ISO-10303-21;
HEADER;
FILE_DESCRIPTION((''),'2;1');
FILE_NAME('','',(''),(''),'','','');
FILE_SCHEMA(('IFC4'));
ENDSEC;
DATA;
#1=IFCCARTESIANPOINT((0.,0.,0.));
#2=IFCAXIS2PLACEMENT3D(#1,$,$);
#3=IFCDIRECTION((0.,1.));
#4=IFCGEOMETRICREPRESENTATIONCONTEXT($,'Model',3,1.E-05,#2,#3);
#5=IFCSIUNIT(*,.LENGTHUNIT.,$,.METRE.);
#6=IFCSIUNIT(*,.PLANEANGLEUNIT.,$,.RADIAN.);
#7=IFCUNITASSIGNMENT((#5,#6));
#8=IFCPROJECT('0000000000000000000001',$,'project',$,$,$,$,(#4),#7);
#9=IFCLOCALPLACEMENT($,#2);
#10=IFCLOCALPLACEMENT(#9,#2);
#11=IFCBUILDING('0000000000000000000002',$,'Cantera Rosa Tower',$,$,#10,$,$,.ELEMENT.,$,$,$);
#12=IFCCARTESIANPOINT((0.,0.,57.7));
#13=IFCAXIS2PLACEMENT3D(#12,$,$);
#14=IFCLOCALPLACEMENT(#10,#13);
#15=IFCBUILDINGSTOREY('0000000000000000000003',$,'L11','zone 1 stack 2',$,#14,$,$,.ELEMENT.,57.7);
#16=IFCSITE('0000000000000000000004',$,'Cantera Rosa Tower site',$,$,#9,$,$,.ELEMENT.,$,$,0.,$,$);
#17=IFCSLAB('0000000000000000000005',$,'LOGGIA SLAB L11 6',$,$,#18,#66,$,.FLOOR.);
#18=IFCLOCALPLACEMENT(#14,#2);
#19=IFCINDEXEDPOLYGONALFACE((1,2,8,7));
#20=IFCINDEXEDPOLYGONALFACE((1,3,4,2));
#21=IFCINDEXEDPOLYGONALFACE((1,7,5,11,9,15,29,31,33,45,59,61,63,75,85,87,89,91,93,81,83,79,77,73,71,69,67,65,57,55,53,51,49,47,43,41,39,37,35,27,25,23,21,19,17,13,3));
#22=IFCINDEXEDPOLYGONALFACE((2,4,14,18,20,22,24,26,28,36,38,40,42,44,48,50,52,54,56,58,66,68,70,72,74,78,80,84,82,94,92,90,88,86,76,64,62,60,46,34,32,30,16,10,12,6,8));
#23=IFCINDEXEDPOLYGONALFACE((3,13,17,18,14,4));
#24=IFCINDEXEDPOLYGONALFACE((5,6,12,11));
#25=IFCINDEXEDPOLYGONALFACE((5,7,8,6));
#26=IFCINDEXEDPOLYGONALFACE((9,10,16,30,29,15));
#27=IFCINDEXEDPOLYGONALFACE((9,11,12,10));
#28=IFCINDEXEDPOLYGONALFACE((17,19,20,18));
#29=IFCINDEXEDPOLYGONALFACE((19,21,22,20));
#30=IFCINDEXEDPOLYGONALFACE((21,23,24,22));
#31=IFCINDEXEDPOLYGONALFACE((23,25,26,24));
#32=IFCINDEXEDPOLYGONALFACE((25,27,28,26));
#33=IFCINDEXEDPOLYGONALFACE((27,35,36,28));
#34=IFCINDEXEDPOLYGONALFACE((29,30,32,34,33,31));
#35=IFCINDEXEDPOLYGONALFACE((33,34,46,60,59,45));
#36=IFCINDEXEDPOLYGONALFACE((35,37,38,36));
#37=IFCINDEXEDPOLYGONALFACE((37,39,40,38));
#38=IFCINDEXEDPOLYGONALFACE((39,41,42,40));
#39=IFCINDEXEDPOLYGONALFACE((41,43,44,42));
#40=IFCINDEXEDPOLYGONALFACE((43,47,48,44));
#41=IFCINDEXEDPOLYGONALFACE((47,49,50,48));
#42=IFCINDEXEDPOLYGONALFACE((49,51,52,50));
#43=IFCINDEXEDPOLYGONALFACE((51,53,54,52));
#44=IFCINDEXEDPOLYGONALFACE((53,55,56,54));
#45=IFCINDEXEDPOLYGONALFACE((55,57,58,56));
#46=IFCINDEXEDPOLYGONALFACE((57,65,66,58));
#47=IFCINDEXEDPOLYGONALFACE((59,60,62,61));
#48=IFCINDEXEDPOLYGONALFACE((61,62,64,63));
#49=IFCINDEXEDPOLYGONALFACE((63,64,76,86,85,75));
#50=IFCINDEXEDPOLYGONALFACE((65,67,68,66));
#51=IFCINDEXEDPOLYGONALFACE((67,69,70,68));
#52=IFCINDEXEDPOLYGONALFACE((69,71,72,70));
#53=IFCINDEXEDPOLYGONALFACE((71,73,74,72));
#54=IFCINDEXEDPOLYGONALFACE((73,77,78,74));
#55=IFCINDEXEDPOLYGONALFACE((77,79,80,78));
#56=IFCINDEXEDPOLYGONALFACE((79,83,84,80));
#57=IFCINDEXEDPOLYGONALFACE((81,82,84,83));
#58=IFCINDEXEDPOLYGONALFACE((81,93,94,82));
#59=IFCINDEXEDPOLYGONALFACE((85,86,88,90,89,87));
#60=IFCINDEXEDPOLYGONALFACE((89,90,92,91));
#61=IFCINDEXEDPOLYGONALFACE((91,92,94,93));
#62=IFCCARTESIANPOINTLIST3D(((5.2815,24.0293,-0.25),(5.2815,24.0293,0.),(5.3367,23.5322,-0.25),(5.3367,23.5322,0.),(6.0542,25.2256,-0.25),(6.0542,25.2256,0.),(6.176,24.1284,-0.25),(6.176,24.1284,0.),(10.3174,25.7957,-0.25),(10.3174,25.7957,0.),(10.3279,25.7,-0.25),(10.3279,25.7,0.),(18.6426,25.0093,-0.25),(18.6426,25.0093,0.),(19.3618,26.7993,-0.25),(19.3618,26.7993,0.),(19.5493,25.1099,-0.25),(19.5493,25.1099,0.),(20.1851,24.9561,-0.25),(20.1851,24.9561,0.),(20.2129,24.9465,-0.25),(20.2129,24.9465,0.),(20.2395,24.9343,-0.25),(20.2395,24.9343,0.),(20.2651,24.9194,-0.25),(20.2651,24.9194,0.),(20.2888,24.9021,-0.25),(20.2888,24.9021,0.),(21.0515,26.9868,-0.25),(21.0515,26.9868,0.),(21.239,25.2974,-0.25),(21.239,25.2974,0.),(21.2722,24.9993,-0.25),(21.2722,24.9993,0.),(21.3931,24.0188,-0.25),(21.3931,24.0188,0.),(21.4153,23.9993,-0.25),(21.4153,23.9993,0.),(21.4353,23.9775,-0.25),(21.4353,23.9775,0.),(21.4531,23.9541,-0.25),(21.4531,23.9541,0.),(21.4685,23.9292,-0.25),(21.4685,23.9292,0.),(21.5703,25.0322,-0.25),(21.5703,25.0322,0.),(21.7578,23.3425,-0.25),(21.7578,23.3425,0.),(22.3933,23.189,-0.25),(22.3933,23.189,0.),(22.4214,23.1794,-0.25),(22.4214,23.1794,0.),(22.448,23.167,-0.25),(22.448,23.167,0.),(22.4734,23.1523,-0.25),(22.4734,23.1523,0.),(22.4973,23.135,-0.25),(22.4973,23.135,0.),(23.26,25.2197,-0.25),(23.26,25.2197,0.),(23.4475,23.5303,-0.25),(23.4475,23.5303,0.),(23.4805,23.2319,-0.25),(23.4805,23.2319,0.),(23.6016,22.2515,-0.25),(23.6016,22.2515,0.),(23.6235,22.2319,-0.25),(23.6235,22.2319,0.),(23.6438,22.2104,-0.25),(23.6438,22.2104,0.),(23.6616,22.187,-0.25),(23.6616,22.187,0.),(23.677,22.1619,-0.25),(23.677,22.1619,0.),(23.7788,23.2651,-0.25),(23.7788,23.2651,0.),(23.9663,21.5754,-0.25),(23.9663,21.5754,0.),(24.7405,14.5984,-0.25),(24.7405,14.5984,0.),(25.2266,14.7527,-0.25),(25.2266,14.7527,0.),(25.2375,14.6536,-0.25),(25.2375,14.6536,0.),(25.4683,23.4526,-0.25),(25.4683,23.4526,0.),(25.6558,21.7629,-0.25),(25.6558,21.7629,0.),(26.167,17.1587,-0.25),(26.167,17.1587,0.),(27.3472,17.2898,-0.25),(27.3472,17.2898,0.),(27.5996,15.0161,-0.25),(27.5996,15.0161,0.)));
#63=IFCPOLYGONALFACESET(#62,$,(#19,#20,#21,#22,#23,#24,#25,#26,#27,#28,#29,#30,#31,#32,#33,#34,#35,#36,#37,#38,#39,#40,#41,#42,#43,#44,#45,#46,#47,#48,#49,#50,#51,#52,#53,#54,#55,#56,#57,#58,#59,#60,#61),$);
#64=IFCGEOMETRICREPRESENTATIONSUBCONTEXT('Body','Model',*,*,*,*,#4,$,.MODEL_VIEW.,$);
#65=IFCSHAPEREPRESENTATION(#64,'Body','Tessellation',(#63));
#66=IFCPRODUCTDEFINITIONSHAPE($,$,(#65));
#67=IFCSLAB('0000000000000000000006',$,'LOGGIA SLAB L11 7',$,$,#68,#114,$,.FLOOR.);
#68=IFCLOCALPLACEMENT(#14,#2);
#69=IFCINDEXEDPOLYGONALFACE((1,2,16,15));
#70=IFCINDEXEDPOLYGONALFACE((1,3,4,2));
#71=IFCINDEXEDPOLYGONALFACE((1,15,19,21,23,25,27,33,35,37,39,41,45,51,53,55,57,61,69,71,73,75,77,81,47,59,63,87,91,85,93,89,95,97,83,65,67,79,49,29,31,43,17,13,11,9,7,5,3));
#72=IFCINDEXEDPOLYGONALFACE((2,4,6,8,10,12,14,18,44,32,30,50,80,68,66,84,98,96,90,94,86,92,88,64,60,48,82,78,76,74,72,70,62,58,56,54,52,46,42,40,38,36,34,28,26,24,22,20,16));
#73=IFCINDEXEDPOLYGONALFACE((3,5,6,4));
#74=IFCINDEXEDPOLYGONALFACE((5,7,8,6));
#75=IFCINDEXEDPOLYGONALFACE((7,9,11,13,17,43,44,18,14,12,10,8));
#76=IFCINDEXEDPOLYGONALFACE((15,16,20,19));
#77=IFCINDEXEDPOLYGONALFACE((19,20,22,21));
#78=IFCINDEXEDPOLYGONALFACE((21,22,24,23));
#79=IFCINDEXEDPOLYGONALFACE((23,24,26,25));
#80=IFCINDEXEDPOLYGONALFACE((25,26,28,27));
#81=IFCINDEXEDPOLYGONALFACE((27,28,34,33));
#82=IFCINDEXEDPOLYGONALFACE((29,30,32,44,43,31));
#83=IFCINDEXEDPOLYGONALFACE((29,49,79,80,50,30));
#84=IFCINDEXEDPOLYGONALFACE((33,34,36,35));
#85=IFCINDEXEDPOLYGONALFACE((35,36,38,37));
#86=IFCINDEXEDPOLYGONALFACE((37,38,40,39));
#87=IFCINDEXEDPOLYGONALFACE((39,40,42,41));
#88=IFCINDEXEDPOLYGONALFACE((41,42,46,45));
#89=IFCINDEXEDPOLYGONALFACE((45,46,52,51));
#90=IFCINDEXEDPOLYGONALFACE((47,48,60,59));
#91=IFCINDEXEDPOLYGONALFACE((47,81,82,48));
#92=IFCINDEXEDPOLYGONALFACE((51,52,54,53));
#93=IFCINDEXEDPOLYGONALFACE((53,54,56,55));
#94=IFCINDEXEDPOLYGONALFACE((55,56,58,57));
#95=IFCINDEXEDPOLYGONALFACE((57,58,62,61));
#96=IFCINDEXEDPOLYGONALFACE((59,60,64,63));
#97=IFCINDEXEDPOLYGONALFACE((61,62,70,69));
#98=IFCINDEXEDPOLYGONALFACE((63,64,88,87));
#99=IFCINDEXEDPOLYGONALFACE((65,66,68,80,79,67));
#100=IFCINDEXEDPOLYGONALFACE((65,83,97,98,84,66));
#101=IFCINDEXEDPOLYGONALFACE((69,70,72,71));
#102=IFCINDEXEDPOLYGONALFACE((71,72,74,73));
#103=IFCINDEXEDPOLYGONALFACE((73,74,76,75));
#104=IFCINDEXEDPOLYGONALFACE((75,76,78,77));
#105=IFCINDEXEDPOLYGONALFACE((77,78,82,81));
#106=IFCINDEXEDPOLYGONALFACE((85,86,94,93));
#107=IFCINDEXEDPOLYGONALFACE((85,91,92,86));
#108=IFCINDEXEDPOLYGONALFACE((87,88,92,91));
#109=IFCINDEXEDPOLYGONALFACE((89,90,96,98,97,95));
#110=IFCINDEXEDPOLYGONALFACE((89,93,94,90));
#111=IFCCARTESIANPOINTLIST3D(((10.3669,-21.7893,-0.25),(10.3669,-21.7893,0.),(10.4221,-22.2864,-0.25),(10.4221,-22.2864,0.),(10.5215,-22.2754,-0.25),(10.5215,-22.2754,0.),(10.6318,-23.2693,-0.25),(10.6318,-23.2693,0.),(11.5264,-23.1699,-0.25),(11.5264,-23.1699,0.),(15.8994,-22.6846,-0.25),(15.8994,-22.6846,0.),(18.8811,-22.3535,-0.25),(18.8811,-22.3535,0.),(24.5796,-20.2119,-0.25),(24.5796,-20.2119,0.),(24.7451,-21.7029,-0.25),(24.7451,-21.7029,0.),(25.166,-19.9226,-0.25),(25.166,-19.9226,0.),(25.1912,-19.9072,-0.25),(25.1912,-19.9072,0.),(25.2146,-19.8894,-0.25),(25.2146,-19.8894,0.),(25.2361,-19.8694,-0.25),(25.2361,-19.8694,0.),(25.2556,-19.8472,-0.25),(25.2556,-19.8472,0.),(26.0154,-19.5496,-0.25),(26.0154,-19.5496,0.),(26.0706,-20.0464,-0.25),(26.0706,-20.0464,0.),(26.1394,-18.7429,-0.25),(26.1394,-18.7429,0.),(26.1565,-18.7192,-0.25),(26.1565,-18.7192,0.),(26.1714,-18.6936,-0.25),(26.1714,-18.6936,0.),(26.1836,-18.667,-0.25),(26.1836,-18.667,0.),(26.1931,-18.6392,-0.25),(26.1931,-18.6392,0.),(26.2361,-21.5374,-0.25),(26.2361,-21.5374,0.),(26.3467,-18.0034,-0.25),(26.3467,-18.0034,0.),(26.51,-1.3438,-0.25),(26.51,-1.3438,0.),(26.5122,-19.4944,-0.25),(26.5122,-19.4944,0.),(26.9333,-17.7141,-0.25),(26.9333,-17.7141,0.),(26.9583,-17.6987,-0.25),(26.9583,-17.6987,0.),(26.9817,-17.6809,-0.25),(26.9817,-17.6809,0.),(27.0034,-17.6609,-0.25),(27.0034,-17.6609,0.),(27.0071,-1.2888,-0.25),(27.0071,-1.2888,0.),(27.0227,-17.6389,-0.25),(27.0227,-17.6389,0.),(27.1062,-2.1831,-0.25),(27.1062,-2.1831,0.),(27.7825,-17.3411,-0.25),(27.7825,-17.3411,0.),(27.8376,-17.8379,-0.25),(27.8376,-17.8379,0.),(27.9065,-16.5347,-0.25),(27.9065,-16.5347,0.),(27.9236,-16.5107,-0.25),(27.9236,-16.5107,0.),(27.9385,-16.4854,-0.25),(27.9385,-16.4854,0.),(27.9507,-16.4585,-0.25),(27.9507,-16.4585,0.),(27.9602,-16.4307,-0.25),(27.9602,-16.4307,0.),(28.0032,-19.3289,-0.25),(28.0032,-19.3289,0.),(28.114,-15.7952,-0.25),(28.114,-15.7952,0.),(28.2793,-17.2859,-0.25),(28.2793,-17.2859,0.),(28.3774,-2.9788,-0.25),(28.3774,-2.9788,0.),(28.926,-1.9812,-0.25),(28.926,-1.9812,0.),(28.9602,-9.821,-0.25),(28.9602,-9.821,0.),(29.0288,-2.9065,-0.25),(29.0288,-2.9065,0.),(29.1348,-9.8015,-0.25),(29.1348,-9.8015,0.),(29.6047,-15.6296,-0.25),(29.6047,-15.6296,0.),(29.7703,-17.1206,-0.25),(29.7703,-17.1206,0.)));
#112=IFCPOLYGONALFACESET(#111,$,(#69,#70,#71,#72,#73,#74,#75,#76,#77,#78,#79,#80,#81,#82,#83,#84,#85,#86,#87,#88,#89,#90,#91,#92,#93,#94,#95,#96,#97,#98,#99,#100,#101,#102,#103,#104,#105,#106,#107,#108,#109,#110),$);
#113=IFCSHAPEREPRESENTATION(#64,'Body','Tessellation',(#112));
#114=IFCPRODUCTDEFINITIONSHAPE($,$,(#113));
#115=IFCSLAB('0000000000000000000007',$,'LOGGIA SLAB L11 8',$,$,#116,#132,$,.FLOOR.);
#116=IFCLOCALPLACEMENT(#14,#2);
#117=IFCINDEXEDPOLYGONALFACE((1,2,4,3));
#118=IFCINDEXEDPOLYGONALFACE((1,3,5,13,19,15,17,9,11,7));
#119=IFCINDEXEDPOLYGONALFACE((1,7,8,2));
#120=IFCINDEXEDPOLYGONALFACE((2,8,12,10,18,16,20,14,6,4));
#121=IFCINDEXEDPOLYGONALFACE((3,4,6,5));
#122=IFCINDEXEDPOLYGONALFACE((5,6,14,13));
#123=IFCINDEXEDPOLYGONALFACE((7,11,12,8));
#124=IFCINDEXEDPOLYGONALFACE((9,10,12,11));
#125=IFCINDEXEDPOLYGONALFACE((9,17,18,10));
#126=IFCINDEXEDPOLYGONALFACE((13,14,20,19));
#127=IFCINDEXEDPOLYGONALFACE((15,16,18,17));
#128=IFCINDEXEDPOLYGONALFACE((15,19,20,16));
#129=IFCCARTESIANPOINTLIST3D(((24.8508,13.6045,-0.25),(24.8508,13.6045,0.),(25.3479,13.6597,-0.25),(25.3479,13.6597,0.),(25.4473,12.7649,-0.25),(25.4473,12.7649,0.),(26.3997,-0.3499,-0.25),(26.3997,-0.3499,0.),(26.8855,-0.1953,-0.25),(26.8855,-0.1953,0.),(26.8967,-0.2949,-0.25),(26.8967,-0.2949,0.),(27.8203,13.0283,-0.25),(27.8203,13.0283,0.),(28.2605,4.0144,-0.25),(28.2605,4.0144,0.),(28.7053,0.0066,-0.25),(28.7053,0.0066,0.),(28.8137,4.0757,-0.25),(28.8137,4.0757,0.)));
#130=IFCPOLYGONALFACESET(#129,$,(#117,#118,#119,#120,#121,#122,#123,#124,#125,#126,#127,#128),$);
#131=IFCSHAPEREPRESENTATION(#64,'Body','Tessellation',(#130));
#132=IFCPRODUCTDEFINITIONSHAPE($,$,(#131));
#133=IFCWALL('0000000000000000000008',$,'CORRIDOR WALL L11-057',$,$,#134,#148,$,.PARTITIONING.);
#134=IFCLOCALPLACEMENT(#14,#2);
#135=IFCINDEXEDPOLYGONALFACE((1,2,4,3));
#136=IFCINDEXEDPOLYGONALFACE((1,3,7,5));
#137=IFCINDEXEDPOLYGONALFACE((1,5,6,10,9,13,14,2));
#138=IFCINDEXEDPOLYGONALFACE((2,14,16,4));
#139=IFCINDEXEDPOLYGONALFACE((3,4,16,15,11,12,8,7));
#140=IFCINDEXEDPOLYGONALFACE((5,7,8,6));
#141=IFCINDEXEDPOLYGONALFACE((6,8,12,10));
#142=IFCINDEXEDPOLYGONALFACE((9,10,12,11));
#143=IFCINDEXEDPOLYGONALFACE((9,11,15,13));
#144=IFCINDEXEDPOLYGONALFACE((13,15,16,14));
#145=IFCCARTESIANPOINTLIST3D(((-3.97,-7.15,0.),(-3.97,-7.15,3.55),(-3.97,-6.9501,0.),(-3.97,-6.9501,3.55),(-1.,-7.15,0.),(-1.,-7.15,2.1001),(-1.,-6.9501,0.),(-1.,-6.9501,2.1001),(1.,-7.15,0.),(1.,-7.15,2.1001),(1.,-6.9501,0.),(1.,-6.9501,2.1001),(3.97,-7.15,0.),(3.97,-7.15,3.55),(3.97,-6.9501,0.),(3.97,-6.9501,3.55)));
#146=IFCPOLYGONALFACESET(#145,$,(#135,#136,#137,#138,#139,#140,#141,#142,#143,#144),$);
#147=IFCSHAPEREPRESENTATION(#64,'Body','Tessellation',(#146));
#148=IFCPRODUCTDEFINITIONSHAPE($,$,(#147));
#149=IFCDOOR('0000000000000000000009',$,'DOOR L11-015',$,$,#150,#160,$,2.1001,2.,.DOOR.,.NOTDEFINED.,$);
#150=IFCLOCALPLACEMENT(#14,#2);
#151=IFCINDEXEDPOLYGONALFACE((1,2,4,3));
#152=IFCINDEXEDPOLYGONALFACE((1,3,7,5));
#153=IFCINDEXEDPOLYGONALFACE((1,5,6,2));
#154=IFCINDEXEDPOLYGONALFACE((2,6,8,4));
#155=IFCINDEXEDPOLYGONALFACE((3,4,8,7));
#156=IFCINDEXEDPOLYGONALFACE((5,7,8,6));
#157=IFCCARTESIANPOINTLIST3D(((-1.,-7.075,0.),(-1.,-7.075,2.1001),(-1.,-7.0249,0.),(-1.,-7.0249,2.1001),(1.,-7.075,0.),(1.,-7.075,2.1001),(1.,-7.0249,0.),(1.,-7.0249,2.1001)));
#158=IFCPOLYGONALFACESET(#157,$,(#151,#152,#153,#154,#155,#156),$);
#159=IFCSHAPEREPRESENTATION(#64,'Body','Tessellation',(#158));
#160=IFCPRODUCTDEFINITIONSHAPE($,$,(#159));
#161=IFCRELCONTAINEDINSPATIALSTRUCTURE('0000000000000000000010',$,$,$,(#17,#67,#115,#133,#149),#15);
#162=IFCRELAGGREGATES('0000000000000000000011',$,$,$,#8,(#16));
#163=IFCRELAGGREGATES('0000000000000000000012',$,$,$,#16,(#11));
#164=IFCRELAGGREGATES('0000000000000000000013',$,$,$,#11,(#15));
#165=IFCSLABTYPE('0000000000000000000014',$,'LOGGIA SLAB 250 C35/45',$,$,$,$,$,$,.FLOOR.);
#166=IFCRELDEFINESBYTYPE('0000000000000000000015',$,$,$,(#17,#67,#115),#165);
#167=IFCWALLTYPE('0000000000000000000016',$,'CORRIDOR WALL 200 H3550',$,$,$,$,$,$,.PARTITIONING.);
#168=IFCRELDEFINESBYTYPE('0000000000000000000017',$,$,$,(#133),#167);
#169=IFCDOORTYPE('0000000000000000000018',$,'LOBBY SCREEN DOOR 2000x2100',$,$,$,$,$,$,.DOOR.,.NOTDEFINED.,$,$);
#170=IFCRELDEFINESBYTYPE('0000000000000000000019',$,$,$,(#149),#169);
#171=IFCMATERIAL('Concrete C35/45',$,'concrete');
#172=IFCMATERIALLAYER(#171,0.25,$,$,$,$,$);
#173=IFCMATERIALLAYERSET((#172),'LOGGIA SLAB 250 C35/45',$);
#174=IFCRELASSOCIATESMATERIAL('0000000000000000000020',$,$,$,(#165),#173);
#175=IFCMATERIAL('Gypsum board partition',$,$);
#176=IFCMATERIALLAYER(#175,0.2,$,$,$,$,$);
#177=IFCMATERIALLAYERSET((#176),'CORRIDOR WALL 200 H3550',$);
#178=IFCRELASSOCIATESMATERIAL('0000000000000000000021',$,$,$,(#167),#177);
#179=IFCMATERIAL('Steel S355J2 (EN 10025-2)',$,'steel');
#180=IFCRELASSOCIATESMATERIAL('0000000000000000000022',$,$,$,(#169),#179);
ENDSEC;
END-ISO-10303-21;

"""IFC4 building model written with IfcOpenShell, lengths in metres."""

from ifc_helpers import new_model, si_unit, direction, frame, frame_2d, origin, place, context, subcontext, project, spatial, polyline, rectangle, outline, extrude, material, layer, layer_set, type_object, element, fill, save


model = new_model("IFC4")

# Units and contexts
model_context = context("Model", 3, precision=1e-05, world=origin(), true_north=direction((0.0, 1.0)))
body_context = subcontext(model_context, "Body", "Model", "MODEL_VIEW")
ifc_project = project(units=[si_unit("LENGTHUNIT", "METRE"), si_unit("PLANEANGLEUNIT", "RADIAN")], contexts=[model_context])

# Site, building, storey
site_placement = place(None, origin())
site = spatial("IfcSite", under=ifc_project, at=site_placement, Name="Cantera Rosa Tower site", CompositionType="ELEMENT", RefElevation=0.0)
building_placement = place(site_placement, origin())
building = spatial("IfcBuilding", under=site, at=building_placement, Name="Cantera Rosa Tower", CompositionType="ELEMENT")
storey_placement = place(building_placement, frame((0.0, 0.0, 57.7)))
storey = spatial("IfcBuildingStorey", under=building, at=storey_placement, Name="L11", Description="zone 1 stack 2", CompositionType="ELEMENT", Elevation=57.7)

# Slabs
ifc_material_1 = material(Name="Concrete C35/45", Category="concrete")
ifc_layer_1 = layer(ifc_material_1, 0.25)
ifc_layer_set_1 = layer_set([ifc_layer_1], Name="LOGGIA SLAB 250 C35/45")
slab_type_1 = type_object("IfcSlabType", Name="LOGGIA SLAB 250 C35/45", PredefinedType="FLOOR", material=ifc_layer_set_1)
slab_1_placement = place(storey_placement, frame((0.0, 0.0, -0.25)))
element("IfcSlab", 1, at=slab_1_placement, inside=storey, type_object=slab_type_1, Name="LOGGIA SLAB L11 6", PredefinedType="FLOOR", context=body_context, shape_type="SweptSolid", body=[
    extrude(outline(polyline([(19.3618, 26.7993), (21.0515, 26.9868), (21.239, 25.2974), (21.2722, 24.9993), (21.5703, 25.0322), (23.26, 25.2197), (23.4475, 23.5303), (23.4805, 23.2319), (23.7788, 23.2651), (25.4683, 23.4526), (25.6558, 21.7629), (26.167, 17.1587), (27.3472, 17.2898), (27.5996, 15.0161), (25.2266, 14.7527), (25.2375, 14.6536), (24.7405, 14.5984), (23.9663, 21.5754), (23.677, 22.1619), (23.6616, 22.187), (23.6438, 22.2104), (23.6235, 22.2319), (23.6016, 22.2515), (22.4973, 23.135), (22.4734, 23.1523), (22.448, 23.167), (22.4214, 23.1794), (22.3933, 23.189), (21.7578, 23.3425), (21.4685, 23.9292), (21.4531, 23.9541), (21.4353, 23.9775), (21.4153, 23.9993), (21.3931, 24.0188), (20.2888, 24.9021), (20.2651, 24.9194), (20.2395, 24.9343), (20.2129, 24.9465), (20.1851, 24.9561), (19.5493, 25.1099), (18.6426, 25.0093), (5.3367, 23.5322), (5.2815, 24.0293), (6.176, 24.1284), (6.0542, 25.2256), (10.3279, 25.7), (10.3174, 25.7957), (19.3618, 26.7993)])), origin(), (0.0, 0.0, 1.0), 0.25),
])
slab_2_placement = place(storey_placement, frame((0.0, 0.0, -0.25)))
element("IfcSlab", 2, at=slab_2_placement, inside=storey, type_object=slab_type_1, Name="LOGGIA SLAB L11 7", PredefinedType="FLOOR", context=body_context, shape_type="SweptSolid", body=[
    extrude(outline(polyline([(29.1348, -9.8015), (28.9602, -9.821), (29.6047, -15.6296), (29.7703, -17.1206), (28.2793, -17.2859), (27.7825, -17.3411), (27.8376, -17.8379), (28.0032, -19.3289), (26.5122, -19.4944), (26.0154, -19.5496), (26.0706, -20.0464), (26.2361, -21.5374), (24.7451, -21.7029), (18.8811, -22.3535), (15.8994, -22.6846), (11.5264, -23.1699), (10.6318, -23.2693), (10.5215, -22.2754), (10.4221, -22.2864), (10.3669, -21.7893), (24.5796, -20.2119), (25.166, -19.9226), (25.1912, -19.9072), (25.2146, -19.8894), (25.2361, -19.8694), (25.2556, -19.8472), (26.1394, -18.7429), (26.1565, -18.7192), (26.1714, -18.6936), (26.1836, -18.667), (26.1931, -18.6392), (26.3467, -18.0034), (26.9333, -17.7141), (26.9583, -17.6987), (26.9817, -17.6809), (27.0034, -17.6609), (27.0227, -17.6389), (27.9065, -16.5347), (27.9236, -16.5107), (27.9385, -16.4854), (27.9507, -16.4585), (27.9602, -16.4307), (28.114, -15.7952), (26.51, -1.3438), (27.0071, -1.2888), (27.1062, -2.1831), (28.926, -1.9812), (29.0288, -2.9065), (28.3774, -2.9788), (29.1348, -9.8015)])), origin(), (0.0, 0.0, 1.0), 0.25),
])
slab_3_placement = place(storey_placement, frame((0.0, 0.0, -0.25)))
element("IfcSlab", 3, at=slab_3_placement, inside=storey, type_object=slab_type_1, Name="LOGGIA SLAB L11 8", PredefinedType="FLOOR", context=body_context, shape_type="SweptSolid", body=[
    extrude(outline(polyline([(28.7053, 0.0066), (26.8855, -0.1953), (26.8967, -0.2949), (26.3997, -0.3499), (24.8508, 13.6045), (25.3479, 13.6597), (25.4473, 12.7649), (27.8203, 13.0283), (28.8137, 4.0757), (28.2605, 4.0144), (28.7053, 0.0066)])), origin(), (0.0, 0.0, 1.0), 0.25),
])

# Wall, opening, door
ifc_material_2 = material(Name="Gypsum board partition")
ifc_layer_2 = layer(ifc_material_2, 0.2)
ifc_layer_set_2 = layer_set([ifc_layer_2], Name="CORRIDOR WALL 200 H3550")
wall_type_1 = type_object("IfcWallType", Name="CORRIDOR WALL 200 H3550", PredefinedType="PARTITIONING", material=ifc_layer_set_2)
wall_1_placement = place(storey_placement, frame((3.97, -7.05, 0.0), z_axis=(0.0, 0.0, 1.0), x_axis=(-1.0, 0.0, 0.0)))
wall_1 = element("IfcWall", 4, at=wall_1_placement, inside=storey, type_object=wall_type_1, Name="CORRIDOR WALL L11-057", PredefinedType="PARTITIONING", context=body_context, shape_type="SweptSolid", body=[
    extrude(rectangle(XDim=7.9399, YDim=0.2, at=frame_2d((3.97, 0.0))), origin(), (0.0, 0.0, 1.0), 3.55),
])
opening_1_placement = place(wall_1_placement, frame((2.97, 0.0, 0.0)))
opening_1 = element("IfcOpeningElement", 5, at=opening_1_placement, cuts=wall_1, PredefinedType="OPENING", context=body_context, shape_type="SweptSolid", body=[
    extrude(rectangle(XDim=2.0, YDim=2.1001, at=frame_2d((1.0, 1.05))), frame((0.0, 0.1099, 0.0), z_axis=(0.0, -1.0, 0.0), x_axis=(1.0, 0.0, 0.0)), (0.0, 0.0, 1.0), 0.22),
])
ifc_material_3 = material(Name="Steel S355J2 (EN 10025-2)", Category="steel")
door_type_1 = type_object("IfcDoorType", Name="LOBBY SCREEN DOOR 2000x2100", OperationType="NOTDEFINED", PredefinedType="DOOR", material=ifc_material_3)
door_1_placement = place(opening_1_placement, origin())
door_1 = element("IfcDoor", 6, at=door_1_placement, inside=storey, type_object=door_type_1, Name="DOOR L11-015", OperationType="NOTDEFINED", OverallHeight=2.1001, OverallWidth=2.0, PredefinedType="DOOR", context=body_context, shape_type="SweptSolid", body=[
    extrude(rectangle(XDim=2.0, YDim=2.1001, at=frame_2d((1.0, 1.05))), frame((0.0, 0.0249, 0.0), z_axis=(0.0, -1.0, 0.0), x_axis=(1.0, 0.0, 0.0)), (0.0, 0.0, 1.0), 0.05),
])
fill(opening_1, door_1)

save(model, "model.ifc")
